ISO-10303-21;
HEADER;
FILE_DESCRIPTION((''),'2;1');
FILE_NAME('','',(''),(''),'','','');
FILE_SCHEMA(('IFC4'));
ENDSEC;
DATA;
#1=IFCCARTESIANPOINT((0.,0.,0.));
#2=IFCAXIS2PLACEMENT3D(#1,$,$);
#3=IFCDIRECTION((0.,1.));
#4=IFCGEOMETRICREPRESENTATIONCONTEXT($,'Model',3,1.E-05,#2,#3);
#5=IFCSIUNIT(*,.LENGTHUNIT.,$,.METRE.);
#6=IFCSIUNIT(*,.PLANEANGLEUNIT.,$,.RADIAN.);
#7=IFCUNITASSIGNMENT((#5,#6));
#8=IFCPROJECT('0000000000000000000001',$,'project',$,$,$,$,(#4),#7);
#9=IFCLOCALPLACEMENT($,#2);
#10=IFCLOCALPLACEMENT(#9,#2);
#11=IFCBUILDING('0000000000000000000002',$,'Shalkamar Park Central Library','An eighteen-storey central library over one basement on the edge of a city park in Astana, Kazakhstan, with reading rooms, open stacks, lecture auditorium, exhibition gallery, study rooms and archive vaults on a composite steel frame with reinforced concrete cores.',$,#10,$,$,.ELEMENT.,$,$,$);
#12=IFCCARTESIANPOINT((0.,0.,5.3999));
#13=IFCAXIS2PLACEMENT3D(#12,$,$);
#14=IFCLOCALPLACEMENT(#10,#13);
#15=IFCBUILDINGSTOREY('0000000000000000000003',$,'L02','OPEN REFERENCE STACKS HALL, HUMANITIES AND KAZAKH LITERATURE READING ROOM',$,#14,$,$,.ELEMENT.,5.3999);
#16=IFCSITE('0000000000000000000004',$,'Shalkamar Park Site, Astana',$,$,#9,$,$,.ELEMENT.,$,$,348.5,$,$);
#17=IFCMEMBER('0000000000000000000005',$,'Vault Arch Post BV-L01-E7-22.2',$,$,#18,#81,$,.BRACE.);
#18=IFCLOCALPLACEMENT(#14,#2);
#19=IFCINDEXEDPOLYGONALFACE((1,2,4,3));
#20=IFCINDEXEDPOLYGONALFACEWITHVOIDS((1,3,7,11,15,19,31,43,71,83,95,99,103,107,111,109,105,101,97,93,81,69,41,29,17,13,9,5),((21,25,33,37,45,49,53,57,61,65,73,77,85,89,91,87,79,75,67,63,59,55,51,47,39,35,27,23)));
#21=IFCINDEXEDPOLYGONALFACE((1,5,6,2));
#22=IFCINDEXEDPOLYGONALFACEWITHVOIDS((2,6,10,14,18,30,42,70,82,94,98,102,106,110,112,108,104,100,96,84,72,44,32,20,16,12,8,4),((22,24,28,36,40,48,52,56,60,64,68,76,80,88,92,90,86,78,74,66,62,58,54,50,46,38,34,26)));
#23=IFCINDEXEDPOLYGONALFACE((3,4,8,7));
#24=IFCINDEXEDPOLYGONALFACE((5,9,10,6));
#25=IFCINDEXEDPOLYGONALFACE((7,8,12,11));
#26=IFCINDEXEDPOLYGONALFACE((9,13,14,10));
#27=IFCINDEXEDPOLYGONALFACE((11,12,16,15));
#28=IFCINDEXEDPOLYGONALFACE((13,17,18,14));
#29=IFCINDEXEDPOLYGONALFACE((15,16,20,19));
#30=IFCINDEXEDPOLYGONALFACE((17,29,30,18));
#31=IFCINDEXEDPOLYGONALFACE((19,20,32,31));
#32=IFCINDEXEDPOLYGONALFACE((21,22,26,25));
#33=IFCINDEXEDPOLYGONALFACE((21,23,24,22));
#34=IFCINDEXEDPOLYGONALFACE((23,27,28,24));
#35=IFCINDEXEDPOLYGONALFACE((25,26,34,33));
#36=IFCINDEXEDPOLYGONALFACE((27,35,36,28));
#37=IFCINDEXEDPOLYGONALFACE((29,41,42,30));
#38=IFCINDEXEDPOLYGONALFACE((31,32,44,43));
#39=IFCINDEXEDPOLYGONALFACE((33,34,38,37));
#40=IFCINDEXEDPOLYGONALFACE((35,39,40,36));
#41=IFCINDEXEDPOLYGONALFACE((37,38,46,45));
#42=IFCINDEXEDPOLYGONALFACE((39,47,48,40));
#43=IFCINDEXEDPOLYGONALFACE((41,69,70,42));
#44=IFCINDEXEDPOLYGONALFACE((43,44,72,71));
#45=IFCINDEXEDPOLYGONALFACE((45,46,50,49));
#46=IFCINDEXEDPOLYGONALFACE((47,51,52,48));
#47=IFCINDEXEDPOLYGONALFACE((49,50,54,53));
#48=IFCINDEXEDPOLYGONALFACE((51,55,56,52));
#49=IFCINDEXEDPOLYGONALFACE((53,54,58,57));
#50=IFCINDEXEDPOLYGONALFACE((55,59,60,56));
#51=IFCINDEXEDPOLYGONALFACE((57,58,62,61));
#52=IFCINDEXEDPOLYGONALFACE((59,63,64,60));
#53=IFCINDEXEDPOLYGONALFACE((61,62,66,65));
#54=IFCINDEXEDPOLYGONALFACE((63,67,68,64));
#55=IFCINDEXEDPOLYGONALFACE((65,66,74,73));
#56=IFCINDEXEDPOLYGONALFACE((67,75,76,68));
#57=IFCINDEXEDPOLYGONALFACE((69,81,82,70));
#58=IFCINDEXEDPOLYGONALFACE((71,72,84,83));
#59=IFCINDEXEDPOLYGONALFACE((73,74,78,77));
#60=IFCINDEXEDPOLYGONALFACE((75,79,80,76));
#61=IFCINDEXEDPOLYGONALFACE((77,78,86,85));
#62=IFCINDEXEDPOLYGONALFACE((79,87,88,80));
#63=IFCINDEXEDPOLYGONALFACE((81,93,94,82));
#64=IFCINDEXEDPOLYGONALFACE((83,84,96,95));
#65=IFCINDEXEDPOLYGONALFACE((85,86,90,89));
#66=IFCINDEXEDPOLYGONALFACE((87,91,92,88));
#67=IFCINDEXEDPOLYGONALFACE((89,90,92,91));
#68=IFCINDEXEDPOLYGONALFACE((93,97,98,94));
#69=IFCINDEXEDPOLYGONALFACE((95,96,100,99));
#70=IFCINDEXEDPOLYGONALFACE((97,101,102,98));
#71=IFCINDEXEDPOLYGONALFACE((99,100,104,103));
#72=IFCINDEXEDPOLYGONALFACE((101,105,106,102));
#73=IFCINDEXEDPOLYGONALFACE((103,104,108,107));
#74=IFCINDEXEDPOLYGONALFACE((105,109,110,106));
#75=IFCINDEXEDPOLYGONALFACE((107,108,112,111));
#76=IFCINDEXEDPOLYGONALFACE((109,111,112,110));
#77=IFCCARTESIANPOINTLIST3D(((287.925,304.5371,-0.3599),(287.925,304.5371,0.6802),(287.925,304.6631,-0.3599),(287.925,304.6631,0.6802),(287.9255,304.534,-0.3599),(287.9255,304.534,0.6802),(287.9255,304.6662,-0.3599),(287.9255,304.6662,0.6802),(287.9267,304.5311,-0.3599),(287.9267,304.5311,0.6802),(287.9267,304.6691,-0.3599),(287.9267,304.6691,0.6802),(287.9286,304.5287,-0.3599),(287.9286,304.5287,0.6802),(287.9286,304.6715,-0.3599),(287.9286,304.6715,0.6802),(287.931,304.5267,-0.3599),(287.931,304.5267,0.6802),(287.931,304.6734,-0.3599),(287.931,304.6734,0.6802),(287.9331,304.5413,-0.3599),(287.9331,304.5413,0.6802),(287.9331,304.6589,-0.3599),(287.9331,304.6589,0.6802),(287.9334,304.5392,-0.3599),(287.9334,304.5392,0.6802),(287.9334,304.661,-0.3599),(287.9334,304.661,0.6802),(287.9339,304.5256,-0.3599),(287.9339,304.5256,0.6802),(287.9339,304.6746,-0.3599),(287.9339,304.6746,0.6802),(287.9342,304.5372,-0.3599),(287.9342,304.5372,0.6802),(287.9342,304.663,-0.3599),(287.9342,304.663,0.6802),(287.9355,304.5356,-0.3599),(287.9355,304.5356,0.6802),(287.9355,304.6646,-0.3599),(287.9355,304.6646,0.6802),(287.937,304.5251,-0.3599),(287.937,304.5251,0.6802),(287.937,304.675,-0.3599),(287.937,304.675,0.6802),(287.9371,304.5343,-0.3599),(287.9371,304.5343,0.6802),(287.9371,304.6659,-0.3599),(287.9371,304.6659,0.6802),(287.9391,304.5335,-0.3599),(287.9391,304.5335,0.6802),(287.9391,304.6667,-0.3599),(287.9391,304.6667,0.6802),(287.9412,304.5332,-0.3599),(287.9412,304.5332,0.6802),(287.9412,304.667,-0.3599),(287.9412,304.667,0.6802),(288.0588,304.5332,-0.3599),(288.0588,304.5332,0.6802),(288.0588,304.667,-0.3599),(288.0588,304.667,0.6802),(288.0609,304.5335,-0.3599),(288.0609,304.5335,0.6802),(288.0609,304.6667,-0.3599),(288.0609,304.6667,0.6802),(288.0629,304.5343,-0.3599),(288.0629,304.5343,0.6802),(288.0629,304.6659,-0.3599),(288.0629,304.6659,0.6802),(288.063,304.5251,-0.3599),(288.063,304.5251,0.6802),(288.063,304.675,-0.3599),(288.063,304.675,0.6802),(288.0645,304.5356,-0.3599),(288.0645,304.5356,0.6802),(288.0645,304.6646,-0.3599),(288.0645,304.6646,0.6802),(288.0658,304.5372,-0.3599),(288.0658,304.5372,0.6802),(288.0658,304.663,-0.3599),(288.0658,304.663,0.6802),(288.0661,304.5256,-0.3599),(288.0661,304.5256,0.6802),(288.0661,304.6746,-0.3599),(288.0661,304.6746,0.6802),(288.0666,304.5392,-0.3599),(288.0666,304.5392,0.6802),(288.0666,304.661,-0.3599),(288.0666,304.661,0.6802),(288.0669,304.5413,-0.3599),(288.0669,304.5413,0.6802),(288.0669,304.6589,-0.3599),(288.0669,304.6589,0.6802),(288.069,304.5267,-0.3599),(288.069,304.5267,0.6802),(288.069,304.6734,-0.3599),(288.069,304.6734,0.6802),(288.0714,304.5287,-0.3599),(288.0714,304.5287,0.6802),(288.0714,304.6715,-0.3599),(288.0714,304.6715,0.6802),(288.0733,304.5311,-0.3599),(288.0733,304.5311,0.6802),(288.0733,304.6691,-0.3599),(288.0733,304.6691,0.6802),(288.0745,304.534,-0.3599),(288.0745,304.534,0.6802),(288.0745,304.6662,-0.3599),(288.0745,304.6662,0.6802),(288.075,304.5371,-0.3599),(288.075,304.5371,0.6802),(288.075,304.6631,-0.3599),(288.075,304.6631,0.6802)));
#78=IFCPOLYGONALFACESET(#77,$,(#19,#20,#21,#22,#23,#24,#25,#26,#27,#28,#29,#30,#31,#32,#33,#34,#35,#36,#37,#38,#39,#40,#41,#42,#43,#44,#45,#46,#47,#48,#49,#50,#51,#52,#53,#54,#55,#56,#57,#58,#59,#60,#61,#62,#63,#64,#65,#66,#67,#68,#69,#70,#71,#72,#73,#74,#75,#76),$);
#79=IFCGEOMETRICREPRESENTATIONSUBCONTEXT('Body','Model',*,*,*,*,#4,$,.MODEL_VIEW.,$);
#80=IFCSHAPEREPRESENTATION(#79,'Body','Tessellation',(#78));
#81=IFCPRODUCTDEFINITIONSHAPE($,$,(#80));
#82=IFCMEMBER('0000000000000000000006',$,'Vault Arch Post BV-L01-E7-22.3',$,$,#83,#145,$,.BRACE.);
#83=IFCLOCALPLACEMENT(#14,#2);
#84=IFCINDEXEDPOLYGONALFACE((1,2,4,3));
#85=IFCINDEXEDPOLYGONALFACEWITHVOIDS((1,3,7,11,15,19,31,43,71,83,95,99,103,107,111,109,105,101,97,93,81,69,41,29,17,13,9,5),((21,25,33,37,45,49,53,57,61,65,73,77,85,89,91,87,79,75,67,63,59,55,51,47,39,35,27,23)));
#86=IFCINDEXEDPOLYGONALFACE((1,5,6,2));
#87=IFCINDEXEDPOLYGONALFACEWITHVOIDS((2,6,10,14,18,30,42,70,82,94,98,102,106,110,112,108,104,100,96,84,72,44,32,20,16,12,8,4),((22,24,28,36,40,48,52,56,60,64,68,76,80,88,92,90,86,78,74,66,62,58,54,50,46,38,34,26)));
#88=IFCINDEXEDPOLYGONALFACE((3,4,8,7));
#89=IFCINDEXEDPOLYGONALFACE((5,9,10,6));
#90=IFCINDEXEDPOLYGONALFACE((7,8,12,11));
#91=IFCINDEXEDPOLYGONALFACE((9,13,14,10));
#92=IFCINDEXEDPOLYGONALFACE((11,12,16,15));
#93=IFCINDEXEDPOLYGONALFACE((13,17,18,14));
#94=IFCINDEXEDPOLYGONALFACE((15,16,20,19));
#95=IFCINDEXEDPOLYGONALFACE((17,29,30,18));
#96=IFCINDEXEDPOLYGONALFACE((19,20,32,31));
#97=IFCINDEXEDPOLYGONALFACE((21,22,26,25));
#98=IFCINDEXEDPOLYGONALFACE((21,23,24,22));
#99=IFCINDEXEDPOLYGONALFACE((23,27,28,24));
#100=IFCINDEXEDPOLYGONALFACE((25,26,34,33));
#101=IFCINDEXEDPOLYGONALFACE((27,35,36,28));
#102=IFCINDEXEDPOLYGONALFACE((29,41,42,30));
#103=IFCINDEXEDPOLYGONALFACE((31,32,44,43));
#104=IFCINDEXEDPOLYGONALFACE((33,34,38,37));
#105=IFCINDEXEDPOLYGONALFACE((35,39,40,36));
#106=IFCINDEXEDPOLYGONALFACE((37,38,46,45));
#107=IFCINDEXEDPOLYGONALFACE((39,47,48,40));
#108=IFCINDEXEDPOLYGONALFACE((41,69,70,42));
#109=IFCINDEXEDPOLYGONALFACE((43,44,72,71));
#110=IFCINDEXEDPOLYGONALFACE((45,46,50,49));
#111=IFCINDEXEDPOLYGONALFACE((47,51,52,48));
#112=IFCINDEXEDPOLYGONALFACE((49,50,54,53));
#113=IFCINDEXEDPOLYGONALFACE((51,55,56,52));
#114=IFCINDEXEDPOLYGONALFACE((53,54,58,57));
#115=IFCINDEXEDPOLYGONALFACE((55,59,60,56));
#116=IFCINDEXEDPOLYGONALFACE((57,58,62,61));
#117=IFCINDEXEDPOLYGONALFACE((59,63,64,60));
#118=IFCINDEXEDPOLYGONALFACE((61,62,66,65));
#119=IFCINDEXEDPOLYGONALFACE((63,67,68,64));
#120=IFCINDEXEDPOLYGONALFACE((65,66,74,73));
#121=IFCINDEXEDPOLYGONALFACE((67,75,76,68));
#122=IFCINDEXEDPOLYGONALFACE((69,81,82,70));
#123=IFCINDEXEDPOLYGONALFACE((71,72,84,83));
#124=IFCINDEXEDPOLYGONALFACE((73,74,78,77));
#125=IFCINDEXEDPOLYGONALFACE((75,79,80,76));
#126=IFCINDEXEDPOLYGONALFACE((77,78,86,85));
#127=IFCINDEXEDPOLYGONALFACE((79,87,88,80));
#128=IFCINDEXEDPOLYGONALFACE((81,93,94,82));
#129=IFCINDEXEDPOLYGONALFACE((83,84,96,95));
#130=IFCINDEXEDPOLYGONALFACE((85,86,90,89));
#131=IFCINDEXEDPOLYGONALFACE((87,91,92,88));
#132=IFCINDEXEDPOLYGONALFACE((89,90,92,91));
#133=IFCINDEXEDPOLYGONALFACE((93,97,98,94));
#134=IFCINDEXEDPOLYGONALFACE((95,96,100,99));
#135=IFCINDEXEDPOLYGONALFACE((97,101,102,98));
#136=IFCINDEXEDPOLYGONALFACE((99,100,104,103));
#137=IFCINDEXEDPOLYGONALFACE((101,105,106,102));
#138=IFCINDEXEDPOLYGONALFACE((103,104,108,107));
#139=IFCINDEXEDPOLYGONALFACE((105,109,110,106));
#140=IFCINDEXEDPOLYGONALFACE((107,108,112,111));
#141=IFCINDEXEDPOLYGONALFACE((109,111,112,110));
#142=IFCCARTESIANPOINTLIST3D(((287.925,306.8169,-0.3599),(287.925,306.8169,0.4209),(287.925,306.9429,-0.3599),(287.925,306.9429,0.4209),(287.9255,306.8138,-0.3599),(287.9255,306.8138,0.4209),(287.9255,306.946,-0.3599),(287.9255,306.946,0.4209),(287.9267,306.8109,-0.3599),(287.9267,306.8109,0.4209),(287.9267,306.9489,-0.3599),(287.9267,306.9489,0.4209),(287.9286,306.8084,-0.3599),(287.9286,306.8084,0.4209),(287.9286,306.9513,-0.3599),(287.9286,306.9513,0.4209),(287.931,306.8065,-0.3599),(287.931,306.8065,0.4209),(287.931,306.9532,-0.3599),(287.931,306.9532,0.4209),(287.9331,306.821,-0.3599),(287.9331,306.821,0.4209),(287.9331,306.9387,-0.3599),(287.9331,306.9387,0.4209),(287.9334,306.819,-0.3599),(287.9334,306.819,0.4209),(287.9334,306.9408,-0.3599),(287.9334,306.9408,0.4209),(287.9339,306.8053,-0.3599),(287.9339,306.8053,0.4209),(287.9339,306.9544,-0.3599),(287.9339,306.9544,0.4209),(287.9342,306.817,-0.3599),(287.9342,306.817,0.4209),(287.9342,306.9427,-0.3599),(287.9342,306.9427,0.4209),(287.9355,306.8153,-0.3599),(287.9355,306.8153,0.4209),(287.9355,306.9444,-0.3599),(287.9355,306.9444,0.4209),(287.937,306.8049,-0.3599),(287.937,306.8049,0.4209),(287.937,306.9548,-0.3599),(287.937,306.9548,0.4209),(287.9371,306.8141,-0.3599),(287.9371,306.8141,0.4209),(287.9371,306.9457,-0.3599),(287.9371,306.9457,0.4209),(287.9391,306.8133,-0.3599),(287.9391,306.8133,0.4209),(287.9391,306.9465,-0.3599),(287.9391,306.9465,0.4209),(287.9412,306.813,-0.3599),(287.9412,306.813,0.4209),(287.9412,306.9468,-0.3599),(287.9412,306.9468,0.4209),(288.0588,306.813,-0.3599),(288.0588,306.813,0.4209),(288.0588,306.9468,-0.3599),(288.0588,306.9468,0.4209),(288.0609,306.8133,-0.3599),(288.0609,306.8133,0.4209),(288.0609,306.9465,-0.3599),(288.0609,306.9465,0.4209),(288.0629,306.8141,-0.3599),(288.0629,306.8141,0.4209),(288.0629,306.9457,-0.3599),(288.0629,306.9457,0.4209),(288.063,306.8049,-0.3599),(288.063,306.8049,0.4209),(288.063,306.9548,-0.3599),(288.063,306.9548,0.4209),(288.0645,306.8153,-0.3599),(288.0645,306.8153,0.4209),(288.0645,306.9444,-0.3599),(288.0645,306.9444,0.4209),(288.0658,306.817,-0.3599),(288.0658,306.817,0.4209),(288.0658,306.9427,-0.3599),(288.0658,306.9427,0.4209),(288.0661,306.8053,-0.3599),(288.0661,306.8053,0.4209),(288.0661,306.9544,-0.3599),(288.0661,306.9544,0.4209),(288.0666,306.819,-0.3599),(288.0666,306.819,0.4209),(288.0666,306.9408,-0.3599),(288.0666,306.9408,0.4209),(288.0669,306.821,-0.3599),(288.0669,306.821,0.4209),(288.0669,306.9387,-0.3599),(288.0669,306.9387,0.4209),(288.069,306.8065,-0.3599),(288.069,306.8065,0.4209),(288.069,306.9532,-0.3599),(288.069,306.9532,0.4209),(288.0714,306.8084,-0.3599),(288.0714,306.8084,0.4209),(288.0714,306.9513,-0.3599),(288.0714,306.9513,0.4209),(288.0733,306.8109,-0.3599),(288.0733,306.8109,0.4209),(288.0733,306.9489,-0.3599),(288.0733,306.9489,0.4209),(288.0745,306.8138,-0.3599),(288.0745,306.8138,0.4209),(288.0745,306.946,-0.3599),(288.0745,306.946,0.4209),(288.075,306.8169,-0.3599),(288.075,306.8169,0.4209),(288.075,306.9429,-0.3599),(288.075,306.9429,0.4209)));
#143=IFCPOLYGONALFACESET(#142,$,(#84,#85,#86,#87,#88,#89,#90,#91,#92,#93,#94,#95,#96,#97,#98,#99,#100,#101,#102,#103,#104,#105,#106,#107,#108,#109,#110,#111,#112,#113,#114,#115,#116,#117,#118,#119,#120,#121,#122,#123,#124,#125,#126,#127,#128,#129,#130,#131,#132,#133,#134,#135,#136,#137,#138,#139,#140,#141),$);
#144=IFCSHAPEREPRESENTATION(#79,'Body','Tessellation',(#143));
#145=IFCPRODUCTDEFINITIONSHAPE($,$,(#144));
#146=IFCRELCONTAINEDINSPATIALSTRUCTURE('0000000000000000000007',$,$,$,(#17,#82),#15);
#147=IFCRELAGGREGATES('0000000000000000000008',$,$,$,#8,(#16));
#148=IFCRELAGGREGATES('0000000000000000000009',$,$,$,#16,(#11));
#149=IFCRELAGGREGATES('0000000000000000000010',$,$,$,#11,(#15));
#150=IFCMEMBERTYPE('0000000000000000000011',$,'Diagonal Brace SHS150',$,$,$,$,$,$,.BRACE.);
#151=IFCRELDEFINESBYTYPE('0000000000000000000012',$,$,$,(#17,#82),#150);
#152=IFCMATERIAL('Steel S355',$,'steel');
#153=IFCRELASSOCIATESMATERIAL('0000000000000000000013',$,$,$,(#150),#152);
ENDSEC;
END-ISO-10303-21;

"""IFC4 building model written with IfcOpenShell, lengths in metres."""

from ifc_helpers import new_model, si_unit, direction, frame, origin, origin_2d, place, context, subcontext, project, spatial, hollow_rectangle, extrude, material, material_profile, profile_set, type_object, element, save


model = new_model("IFC4")

# Units and contexts
model_context = context("Model", 3, precision=1e-05, world=origin(), true_north=direction((0.0, 1.0)))
body_context = subcontext(model_context, "Body", "Model", "MODEL_VIEW")
ifc_project = project(units=[si_unit("LENGTHUNIT", "METRE"), si_unit("PLANEANGLEUNIT", "RADIAN")], contexts=[model_context])

# Site, building, storey
site_placement = place(None, origin())
site = spatial("IfcSite", under=ifc_project, at=site_placement, Name="Shalkamar Park Site, Astana", CompositionType="ELEMENT", RefElevation=348.5)
building_placement = place(site_placement, origin())
building = spatial("IfcBuilding", under=site, at=building_placement, Name="Shalkamar Park Central Library", Description="An eighteen-storey central library over one basement on the edge of a city park in Astana, Kazakhstan, with reading rooms, open stacks, lecture auditorium, exhibition gallery, study rooms and archive vaults on a composite steel frame with reinforced concrete cores.", CompositionType="ELEMENT")
storey_placement = place(building_placement, frame((0.0, 0.0, 5.3999)))
storey = spatial("IfcBuildingStorey", under=building, at=storey_placement, Name="L02", Description="OPEN REFERENCE STACKS HALL, HUMANITIES AND KAZAKH LITERATURE READING ROOM", CompositionType="ELEMENT", Elevation=5.3999)

# Shared definitions
ifc_material_1 = material(Name="Steel S355", Category="steel")

# Members
ifc_material_profile_1 = material_profile(ifc_material_1, hollow_rectangle(XDim=0.1499, YDim=0.1499, WallThickness=0.0081, InnerFilletRadius=0.0081, OuterFilletRadius=0.012, at=origin_2d()), Name="SHS 150x150x8")
ifc_profile_set_1 = profile_set([ifc_material_profile_1], Name="Steel S355")
member_type_1 = type_object("IfcMemberType", Name="Diagonal Brace SHS150", PredefinedType="BRACE", material=ifc_profile_set_1)
member_1_placement = place(storey_placement, frame((288.0, 304.6001, -0.3599), z_axis=(0.0, 0.0, 1.0), x_axis=(1.0, 0.0, 0.0)))
element("IfcMember", 1, at=member_1_placement, inside=storey, type_object=member_type_1, Name="Vault Arch Post BV-L01-E7-22.2", PredefinedType="BRACE", context=body_context, shape_type="SweptSolid", body=[
    extrude(hollow_rectangle(XDim=0.1499, YDim=0.1499, WallThickness=0.0081, InnerFilletRadius=0.0081, OuterFilletRadius=0.012, at=origin_2d()), origin(), (0.0, 0.0, 1.0), 1.04),
])
for number, where, z_axis, x_axis, name in (
    (2, (288.0, 306.8799, -0.3599), (0.0, 0.0, 1.0), (1.0, 0.0, 0.0), "Vault Arch Post BV-L01-E7-22.3"),
):
    element("IfcMember", number, at=place(storey_placement, frame(where, z_axis=z_axis, x_axis=x_axis)), inside=storey, type_object=member_type_1, Name=name, PredefinedType="BRACE", context=body_context, shape_type="SweptSolid", body=[
        extrude(hollow_rectangle(XDim=0.1499, YDim=0.1499, WallThickness=0.0081, InnerFilletRadius=0.0081, OuterFilletRadius=0.012, at=origin_2d()), origin(), (0.0, 0.0, 1.0), 0.7808),
    ])

save(model, "model.ifc")
